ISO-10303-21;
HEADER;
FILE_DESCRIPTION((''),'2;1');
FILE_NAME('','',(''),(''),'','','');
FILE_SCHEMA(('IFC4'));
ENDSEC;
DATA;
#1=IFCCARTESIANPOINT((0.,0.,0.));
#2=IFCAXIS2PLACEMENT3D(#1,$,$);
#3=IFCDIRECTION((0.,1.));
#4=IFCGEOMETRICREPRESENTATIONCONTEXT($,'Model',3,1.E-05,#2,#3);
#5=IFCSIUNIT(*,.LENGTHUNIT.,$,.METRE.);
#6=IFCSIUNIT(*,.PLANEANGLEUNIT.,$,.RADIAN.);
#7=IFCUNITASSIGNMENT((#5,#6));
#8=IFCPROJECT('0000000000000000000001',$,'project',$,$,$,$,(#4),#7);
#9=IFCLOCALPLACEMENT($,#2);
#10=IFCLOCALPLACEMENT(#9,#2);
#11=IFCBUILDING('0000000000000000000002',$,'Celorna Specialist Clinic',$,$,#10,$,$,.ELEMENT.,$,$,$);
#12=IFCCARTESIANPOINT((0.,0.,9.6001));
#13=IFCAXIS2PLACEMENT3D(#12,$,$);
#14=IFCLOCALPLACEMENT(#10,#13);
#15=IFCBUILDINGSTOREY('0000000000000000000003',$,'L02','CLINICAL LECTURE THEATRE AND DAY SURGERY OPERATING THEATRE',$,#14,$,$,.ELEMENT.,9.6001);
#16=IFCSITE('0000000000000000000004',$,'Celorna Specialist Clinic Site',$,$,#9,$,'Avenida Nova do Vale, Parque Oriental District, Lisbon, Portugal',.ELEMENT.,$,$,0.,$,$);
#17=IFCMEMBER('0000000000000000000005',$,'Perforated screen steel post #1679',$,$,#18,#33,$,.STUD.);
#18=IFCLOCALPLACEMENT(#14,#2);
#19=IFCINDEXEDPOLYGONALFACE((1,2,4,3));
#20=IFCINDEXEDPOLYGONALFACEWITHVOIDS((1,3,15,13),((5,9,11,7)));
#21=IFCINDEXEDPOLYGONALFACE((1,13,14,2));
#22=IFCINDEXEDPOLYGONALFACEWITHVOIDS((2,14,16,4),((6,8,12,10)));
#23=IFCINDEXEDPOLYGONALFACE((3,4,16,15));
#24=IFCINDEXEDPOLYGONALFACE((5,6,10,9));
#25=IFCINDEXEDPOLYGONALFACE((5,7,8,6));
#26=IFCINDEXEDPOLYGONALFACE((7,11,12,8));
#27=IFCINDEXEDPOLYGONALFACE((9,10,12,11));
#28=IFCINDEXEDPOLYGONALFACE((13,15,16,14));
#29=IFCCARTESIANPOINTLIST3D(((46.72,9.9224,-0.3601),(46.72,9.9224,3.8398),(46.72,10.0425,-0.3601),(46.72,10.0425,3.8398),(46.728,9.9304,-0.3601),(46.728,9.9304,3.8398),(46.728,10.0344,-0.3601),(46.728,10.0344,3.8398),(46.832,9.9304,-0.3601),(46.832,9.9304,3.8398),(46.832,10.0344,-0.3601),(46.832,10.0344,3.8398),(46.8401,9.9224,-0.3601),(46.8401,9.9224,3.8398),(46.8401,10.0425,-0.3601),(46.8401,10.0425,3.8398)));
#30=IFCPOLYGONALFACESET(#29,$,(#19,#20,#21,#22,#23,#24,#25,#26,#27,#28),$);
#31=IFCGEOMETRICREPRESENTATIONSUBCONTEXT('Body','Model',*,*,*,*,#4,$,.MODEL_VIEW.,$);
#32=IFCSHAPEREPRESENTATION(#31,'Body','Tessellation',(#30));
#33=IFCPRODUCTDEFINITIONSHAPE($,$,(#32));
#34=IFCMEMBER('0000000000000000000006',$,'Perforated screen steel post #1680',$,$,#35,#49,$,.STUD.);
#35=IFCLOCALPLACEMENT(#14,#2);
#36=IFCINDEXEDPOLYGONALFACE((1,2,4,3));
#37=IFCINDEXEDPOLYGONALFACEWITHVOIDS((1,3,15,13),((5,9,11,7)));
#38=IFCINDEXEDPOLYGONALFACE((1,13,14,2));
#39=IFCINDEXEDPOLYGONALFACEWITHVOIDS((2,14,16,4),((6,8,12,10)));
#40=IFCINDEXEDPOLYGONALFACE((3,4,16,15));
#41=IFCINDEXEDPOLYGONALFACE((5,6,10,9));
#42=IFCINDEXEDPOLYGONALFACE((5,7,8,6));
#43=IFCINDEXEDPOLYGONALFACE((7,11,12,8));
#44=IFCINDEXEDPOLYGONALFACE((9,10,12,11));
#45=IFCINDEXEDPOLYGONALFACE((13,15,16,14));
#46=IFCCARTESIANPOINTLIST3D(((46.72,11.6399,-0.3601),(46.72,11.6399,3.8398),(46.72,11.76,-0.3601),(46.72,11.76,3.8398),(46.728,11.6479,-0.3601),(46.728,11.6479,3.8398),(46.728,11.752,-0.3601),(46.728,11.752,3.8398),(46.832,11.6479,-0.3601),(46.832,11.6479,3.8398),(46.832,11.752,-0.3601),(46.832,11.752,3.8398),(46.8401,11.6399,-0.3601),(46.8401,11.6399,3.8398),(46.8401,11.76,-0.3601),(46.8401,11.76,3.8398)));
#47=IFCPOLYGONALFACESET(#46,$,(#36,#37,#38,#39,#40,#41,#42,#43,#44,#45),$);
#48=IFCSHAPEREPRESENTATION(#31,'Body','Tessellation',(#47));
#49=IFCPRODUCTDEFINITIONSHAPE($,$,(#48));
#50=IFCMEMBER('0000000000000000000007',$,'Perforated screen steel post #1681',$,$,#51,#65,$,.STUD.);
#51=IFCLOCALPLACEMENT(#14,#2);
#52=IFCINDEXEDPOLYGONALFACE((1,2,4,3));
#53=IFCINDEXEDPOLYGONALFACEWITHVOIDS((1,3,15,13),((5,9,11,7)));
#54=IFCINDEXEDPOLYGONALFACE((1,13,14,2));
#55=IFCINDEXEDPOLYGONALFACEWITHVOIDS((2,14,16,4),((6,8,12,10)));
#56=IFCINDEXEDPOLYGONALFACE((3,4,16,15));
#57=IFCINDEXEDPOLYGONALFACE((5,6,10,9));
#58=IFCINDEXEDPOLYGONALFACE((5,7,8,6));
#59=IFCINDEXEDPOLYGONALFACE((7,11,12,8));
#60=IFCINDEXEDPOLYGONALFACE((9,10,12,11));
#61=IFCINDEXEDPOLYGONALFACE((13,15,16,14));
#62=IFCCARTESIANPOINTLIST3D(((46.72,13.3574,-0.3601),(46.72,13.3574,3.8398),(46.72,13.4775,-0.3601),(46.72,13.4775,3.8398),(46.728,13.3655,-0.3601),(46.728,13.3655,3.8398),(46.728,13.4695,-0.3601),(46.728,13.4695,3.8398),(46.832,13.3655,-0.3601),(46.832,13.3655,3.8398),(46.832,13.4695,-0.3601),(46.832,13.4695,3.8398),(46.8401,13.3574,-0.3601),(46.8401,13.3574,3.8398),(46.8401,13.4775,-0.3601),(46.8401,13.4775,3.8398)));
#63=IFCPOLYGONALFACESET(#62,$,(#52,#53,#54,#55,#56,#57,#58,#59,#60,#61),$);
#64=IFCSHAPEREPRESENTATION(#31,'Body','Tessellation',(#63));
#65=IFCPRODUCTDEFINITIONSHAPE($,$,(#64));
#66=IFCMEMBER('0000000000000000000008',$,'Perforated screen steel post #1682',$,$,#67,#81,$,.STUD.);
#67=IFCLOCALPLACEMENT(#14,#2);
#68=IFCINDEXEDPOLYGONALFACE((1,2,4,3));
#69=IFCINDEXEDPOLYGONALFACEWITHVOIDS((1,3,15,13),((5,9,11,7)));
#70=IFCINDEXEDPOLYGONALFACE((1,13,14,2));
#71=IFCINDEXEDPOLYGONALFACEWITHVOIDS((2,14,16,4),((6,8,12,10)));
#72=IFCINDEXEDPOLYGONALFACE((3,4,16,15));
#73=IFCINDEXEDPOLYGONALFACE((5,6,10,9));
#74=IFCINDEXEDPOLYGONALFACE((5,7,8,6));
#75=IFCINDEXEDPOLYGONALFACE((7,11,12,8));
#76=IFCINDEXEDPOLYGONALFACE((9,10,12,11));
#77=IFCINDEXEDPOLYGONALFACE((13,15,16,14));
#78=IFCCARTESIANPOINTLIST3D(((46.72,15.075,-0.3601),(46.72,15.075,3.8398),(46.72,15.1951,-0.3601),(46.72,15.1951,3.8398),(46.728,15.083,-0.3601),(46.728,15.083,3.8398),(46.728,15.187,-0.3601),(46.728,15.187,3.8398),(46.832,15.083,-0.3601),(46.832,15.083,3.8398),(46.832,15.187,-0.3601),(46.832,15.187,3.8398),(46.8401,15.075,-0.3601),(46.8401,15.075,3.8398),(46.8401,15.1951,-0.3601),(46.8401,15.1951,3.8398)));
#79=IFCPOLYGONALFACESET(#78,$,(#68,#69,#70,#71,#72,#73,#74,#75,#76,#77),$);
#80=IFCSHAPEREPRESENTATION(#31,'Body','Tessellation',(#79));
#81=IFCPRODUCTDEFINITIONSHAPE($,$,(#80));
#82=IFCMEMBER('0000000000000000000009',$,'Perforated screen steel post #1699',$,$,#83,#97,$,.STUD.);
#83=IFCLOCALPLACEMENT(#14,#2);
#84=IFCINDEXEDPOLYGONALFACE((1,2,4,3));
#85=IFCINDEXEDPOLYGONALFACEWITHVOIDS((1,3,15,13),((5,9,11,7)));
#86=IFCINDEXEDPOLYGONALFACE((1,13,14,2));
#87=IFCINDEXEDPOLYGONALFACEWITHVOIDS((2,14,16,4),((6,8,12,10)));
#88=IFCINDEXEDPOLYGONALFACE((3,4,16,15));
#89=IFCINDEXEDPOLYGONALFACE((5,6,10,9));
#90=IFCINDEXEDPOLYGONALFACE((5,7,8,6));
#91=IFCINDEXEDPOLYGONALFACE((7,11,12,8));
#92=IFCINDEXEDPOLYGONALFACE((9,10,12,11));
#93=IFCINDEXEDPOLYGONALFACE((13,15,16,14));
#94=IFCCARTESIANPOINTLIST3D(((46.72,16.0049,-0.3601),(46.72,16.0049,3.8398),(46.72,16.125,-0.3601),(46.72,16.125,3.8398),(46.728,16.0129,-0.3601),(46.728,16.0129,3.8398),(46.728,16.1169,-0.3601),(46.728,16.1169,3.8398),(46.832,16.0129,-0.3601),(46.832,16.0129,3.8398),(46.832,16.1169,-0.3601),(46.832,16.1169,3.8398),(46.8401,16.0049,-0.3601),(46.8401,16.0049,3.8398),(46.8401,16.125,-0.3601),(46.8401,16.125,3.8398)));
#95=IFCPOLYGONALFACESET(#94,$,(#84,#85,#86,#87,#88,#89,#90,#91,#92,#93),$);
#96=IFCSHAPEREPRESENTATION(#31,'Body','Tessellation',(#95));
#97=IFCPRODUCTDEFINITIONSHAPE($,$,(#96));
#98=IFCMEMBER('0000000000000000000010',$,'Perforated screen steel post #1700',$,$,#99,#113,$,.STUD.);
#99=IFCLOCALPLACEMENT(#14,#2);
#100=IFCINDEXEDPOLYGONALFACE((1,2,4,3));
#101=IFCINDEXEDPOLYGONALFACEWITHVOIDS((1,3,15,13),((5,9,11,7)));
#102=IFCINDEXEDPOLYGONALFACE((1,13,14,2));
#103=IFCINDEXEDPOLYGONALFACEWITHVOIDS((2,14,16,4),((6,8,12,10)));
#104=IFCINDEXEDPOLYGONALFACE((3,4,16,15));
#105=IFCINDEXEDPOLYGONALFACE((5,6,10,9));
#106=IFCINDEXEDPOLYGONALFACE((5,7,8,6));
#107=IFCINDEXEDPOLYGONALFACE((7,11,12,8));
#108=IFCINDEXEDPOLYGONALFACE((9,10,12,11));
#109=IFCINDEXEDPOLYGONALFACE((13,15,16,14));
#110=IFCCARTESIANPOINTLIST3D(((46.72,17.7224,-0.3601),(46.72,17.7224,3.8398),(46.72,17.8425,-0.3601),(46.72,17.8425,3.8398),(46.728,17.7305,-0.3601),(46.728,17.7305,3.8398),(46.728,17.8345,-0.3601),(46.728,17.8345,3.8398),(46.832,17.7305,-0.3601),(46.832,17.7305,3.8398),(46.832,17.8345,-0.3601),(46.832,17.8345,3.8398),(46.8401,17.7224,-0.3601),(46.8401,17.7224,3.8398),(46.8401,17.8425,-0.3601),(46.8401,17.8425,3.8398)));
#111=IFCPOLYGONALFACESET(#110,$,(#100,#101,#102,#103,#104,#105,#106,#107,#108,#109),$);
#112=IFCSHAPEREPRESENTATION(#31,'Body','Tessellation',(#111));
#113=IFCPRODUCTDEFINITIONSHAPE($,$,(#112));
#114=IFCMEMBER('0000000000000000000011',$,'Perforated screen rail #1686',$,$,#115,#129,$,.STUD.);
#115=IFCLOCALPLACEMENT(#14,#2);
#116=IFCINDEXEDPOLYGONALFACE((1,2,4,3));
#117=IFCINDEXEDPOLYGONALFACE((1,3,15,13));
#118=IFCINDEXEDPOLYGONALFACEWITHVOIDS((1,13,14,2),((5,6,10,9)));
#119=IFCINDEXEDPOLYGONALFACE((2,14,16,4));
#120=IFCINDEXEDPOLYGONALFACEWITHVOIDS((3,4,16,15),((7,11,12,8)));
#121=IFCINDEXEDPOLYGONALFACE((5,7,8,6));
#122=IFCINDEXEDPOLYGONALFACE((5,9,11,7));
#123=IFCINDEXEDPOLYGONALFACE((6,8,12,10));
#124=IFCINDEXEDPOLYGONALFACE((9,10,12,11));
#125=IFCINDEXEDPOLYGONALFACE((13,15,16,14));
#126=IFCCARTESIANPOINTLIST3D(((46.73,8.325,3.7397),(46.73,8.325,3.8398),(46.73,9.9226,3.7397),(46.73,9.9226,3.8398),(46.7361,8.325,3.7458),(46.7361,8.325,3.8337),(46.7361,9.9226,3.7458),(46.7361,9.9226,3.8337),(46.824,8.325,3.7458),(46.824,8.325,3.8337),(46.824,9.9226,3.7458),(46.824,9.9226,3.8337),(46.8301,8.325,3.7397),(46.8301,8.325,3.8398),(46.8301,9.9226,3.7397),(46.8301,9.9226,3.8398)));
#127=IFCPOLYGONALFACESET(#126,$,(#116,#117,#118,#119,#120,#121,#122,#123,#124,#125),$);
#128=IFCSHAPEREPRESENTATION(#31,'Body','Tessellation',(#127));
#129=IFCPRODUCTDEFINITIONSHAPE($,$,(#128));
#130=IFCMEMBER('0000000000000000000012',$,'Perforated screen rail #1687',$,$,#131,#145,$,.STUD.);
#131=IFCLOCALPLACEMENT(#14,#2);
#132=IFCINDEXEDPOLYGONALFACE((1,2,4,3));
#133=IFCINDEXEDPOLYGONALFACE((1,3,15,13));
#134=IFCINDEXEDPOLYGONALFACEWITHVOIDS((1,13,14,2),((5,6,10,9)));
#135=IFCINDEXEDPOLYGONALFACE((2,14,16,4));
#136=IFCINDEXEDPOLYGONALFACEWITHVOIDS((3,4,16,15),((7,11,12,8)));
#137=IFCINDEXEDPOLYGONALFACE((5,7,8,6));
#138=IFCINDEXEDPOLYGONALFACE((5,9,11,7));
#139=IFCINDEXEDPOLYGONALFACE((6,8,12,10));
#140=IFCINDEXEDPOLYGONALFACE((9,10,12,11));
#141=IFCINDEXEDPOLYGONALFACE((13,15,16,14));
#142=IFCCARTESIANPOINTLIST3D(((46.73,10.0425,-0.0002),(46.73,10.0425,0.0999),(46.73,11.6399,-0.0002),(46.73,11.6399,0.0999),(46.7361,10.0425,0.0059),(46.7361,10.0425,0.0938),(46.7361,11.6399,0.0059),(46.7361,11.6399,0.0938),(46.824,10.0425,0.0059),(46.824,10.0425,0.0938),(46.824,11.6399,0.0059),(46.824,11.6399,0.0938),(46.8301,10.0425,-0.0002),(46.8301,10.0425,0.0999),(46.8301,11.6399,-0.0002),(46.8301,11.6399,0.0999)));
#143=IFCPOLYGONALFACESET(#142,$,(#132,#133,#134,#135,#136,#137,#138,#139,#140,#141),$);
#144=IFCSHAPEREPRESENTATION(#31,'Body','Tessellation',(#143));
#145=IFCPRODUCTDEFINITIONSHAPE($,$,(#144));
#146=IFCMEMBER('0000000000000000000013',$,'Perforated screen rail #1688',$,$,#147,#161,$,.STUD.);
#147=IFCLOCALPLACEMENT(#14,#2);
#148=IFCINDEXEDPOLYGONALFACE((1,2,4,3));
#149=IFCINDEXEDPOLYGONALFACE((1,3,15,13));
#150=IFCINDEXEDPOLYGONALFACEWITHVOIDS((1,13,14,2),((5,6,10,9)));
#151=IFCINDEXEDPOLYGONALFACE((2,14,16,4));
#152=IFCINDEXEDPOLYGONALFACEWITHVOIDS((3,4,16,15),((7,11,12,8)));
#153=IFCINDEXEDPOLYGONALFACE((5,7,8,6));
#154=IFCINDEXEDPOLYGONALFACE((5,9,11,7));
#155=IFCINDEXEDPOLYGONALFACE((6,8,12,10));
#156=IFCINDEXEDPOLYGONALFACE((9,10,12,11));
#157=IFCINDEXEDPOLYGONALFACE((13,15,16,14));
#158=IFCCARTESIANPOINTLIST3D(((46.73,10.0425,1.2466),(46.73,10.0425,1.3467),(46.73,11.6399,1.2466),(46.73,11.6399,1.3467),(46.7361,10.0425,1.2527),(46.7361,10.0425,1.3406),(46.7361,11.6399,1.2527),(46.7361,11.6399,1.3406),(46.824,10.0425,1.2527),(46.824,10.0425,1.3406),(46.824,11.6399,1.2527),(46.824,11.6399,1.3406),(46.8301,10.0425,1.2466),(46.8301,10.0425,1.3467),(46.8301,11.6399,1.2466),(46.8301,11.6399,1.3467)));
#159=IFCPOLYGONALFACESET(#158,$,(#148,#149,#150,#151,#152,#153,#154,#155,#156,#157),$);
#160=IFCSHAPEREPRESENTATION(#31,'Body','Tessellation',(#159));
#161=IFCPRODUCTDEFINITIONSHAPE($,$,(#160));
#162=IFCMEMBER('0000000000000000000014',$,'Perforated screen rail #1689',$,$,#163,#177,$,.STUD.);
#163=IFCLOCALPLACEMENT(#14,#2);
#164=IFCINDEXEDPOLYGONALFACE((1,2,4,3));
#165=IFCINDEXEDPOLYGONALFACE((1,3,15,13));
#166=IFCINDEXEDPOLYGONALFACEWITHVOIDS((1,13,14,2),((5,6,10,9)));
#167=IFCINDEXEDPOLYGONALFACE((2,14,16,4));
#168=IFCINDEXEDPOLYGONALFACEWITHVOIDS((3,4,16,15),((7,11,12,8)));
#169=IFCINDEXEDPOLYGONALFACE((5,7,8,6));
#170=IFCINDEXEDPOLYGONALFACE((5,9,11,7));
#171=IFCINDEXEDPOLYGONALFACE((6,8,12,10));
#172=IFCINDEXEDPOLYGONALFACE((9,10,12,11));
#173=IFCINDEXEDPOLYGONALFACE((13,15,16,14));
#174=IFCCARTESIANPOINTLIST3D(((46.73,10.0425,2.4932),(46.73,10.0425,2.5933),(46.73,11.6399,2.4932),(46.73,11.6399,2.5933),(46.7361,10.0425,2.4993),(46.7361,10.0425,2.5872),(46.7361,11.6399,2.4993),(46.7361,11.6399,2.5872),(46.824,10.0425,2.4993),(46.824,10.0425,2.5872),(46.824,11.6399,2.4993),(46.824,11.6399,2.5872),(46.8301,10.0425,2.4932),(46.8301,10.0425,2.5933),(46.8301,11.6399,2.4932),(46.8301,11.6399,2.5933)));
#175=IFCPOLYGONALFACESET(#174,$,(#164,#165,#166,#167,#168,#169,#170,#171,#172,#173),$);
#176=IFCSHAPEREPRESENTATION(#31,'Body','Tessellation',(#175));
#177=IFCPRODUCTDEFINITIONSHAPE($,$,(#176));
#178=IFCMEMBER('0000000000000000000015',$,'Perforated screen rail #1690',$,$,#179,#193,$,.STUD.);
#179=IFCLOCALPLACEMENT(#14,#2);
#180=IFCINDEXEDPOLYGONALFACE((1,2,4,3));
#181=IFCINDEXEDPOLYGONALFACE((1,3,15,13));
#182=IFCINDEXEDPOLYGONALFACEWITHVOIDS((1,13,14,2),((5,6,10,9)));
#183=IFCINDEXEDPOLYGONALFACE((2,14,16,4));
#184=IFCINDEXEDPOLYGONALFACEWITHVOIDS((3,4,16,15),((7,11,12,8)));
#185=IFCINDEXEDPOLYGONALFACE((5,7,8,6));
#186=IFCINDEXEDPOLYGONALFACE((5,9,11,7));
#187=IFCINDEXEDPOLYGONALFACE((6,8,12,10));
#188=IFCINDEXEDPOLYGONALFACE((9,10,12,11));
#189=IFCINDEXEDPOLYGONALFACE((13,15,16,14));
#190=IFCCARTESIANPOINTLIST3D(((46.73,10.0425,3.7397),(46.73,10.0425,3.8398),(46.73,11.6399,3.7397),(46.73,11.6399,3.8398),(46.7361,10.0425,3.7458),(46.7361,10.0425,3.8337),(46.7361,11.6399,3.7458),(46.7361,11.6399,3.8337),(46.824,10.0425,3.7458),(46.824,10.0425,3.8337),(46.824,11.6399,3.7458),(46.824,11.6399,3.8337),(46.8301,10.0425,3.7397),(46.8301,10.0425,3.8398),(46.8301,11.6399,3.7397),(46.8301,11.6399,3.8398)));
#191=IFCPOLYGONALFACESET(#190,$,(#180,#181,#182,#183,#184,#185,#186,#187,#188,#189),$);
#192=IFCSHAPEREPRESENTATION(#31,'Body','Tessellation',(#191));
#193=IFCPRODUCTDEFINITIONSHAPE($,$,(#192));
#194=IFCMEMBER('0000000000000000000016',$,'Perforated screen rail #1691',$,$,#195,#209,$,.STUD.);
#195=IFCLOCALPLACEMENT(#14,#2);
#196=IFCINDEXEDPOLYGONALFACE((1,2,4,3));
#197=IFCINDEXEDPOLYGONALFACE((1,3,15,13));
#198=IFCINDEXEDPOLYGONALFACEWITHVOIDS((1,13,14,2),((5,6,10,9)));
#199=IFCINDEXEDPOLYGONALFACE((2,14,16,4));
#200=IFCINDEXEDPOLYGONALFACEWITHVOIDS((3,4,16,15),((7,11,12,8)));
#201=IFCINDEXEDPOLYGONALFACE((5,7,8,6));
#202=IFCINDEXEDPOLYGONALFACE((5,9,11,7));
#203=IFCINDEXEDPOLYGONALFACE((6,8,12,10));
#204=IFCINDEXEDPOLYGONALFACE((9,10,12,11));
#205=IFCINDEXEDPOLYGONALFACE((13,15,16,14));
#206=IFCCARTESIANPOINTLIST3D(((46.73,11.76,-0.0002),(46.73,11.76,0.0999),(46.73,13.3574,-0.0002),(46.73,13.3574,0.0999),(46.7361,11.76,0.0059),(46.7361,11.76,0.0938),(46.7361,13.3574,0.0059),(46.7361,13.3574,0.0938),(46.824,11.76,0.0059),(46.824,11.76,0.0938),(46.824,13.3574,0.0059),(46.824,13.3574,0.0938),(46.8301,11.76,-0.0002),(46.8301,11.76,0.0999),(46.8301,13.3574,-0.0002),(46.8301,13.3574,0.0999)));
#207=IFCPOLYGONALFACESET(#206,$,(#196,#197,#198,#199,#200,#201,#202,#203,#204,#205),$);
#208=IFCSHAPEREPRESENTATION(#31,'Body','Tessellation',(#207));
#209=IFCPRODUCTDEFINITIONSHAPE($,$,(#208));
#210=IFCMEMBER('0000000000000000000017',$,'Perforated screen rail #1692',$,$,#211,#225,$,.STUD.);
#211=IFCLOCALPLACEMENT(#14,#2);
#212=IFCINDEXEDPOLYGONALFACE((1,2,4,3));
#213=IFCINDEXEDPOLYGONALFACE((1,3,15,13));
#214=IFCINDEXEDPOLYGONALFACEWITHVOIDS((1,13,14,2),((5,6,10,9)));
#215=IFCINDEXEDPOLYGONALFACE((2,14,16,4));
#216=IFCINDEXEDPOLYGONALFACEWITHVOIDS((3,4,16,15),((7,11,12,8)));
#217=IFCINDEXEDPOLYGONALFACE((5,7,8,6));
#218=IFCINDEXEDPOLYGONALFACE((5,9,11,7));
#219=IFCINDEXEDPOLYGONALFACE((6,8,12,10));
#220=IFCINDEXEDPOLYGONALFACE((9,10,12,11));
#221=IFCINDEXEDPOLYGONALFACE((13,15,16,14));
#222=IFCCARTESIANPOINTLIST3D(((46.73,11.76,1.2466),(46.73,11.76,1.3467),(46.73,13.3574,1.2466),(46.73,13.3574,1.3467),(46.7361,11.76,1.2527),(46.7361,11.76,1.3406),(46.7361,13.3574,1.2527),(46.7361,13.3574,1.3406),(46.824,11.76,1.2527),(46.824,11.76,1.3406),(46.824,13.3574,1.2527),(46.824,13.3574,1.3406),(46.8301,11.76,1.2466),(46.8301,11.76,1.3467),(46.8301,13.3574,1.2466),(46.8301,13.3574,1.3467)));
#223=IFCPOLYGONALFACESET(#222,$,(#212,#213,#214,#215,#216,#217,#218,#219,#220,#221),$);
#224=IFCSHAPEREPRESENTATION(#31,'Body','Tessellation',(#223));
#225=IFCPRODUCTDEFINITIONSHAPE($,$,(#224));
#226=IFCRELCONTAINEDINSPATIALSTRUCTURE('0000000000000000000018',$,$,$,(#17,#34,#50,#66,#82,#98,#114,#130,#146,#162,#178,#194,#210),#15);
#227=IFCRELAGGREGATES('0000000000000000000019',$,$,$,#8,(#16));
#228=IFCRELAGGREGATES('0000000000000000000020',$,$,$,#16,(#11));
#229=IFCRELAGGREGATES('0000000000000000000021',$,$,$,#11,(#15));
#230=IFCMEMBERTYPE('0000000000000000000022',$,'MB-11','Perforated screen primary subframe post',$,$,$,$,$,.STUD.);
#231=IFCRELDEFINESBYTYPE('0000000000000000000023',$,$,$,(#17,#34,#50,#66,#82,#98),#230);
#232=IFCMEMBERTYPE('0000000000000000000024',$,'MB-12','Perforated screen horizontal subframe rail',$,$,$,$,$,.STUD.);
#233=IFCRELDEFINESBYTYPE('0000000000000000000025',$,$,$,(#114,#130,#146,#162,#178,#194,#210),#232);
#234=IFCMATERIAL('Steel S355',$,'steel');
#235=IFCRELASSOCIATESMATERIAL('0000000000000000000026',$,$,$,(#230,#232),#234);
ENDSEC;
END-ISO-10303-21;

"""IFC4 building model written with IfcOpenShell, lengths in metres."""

from ifc_helpers import new_model, si_unit, direction, frame, origin, origin_2d, place, context, subcontext, project, spatial, hollow_rectangle, extrude, material, material_profile, profile_set, type_object, element, save


model = new_model("IFC4")

# Units and contexts
model_context = context("Model", 3, precision=1e-05, world=origin(), true_north=direction((0.0, 1.0)))
body_context = subcontext(model_context, "Body", "Model", "MODEL_VIEW")
ifc_project = project(units=[si_unit("LENGTHUNIT", "METRE"), si_unit("PLANEANGLEUNIT", "RADIAN")], contexts=[model_context])

# Site, building, storey
site_placement = place(None, origin())
site = spatial("IfcSite", under=ifc_project, at=site_placement, Name="Celorna Specialist Clinic Site", LongName="Avenida Nova do Vale, Parque Oriental District, Lisbon, Portugal", CompositionType="ELEMENT", RefElevation=0.0)
building_placement = place(site_placement, origin())
building = spatial("IfcBuilding", under=site, at=building_placement, Name="Celorna Specialist Clinic", CompositionType="ELEMENT")
storey_placement = place(building_placement, frame((0.0, 0.0, 9.6001)))
storey = spatial("IfcBuildingStorey", under=building, at=storey_placement, Name="L02", Description="CLINICAL LECTURE THEATRE AND DAY SURGERY OPERATING THEATRE", CompositionType="ELEMENT", Elevation=9.6001)

# Members
ifc_material = material(Name="Steel S355", Category="steel")
ifc_material_profile_1 = material_profile(ifc_material, hollow_rectangle(XDim=0.1201, YDim=0.1201, WallThickness=0.0081, at=origin_2d()), Name="SHS 120x120x8")
ifc_profile_set_1 = profile_set([ifc_material_profile_1], Name="Steel S355")
member_type_1 = type_object("IfcMemberType", Name="MB-11", Description="Perforated screen primary subframe post", PredefinedType="STUD", material=ifc_profile_set_1)
for number, where, z_axis, x_axis, name in (
    (1, (46.78, 9.9824, -0.3601), (0.0, 0.0, 1.0), (1.0, 0.0, 0.0), "Perforated screen steel post #1679"),
    (2, (46.78, 11.7, -0.3601), (0.0, 0.0, 1.0), (1.0, 0.0, 0.0), "Perforated screen steel post #1680"),
    (3, (46.78, 13.4175, -0.3601), (0.0, 0.0, 1.0), (1.0, 0.0, 0.0), "Perforated screen steel post #1681"),
    (4, (46.78, 15.135, -0.3601), (0.0, 0.0, 1.0), (1.0, 0.0, 0.0), "Perforated screen steel post #1682"),
    (5, (46.78, 16.0649, -0.3601), (0.0, 0.0, 1.0), (1.0, 0.0, 0.0), "Perforated screen steel post #1699"),
    (6, (46.78, 17.7825, -0.3601), (0.0, 0.0, 1.0), (1.0, 0.0, 0.0), "Perforated screen steel post #1700"),
):
    element("IfcMember", number, at=place(storey_placement, frame(where, z_axis=z_axis, x_axis=x_axis)), inside=storey, type_object=member_type_1, Name=name, PredefinedType="STUD", context=body_context, shape_type="SweptSolid", body=[
        extrude(hollow_rectangle(XDim=0.1201, YDim=0.1201, WallThickness=0.0081, at=origin_2d()), origin(), (0.0, 0.0, 1.0), 4.2),
    ])
ifc_material_profile_2 = material_profile(ifc_material, hollow_rectangle(XDim=0.1001, YDim=0.1001, WallThickness=0.0061, at=origin_2d()), Name="SHS 100x100x6")
ifc_profile_set_2 = profile_set([ifc_material_profile_2], Name="Steel S355")
member_type_2 = type_object("IfcMemberType", Name="MB-12", Description="Perforated screen horizontal subframe rail", PredefinedType="STUD", material=ifc_profile_set_2)
member_placement = place(storey_placement, frame((46.78, 8.325, 3.7898), z_axis=(0.0, 1.0, 0.0), x_axis=(-1.0, 0.0, 0.0)))
element("IfcMember", 7, at=member_placement, inside=storey, type_object=member_type_2, Name="Perforated screen rail #1686", PredefinedType="STUD", context=body_context, shape_type="SweptSolid", body=[
    extrude(hollow_rectangle(XDim=0.1001, YDim=0.1001, WallThickness=0.0061, at=origin_2d()), origin(), (0.0, 0.0, 1.0), 1.5977),
])
for number, where, z_axis, x_axis, name in (
    (8, (46.78, 10.0425, 0.0498), (0.0, 1.0, 0.0), (-1.0, 0.0, 0.0), "Perforated screen rail #1687"),
    (9, (46.78, 10.0425, 1.2966), (0.0, 1.0, 0.0), (-1.0, 0.0, 0.0), "Perforated screen rail #1688"),
    (10, (46.78, 10.0425, 2.5432), (0.0, 1.0, 0.0), (-1.0, 0.0, 0.0), "Perforated screen rail #1689"),
    (11, (46.78, 10.0425, 3.7898), (0.0, 1.0, 0.0), (-1.0, 0.0, 0.0), "Perforated screen rail #1690"),
    (12, (46.78, 11.76, 0.0498), (0.0, 1.0, 0.0), (-1.0, 0.0, 0.0), "Perforated screen rail #1691"),
    (13, (46.78, 11.76, 1.2966), (0.0, 1.0, 0.0), (-1.0, 0.0, 0.0), "Perforated screen rail #1692"),
):
    element("IfcMember", number, at=place(storey_placement, frame(where, z_axis=z_axis, x_axis=x_axis)), inside=storey, type_object=member_type_2, Name=name, PredefinedType="STUD", context=body_context, shape_type="SweptSolid", body=[
        extrude(hollow_rectangle(XDim=0.1001, YDim=0.1001, WallThickness=0.0061, at=origin_2d()), origin(), (0.0, 0.0, 1.0), 1.5974),
    ])

save(model, "model.ifc")
